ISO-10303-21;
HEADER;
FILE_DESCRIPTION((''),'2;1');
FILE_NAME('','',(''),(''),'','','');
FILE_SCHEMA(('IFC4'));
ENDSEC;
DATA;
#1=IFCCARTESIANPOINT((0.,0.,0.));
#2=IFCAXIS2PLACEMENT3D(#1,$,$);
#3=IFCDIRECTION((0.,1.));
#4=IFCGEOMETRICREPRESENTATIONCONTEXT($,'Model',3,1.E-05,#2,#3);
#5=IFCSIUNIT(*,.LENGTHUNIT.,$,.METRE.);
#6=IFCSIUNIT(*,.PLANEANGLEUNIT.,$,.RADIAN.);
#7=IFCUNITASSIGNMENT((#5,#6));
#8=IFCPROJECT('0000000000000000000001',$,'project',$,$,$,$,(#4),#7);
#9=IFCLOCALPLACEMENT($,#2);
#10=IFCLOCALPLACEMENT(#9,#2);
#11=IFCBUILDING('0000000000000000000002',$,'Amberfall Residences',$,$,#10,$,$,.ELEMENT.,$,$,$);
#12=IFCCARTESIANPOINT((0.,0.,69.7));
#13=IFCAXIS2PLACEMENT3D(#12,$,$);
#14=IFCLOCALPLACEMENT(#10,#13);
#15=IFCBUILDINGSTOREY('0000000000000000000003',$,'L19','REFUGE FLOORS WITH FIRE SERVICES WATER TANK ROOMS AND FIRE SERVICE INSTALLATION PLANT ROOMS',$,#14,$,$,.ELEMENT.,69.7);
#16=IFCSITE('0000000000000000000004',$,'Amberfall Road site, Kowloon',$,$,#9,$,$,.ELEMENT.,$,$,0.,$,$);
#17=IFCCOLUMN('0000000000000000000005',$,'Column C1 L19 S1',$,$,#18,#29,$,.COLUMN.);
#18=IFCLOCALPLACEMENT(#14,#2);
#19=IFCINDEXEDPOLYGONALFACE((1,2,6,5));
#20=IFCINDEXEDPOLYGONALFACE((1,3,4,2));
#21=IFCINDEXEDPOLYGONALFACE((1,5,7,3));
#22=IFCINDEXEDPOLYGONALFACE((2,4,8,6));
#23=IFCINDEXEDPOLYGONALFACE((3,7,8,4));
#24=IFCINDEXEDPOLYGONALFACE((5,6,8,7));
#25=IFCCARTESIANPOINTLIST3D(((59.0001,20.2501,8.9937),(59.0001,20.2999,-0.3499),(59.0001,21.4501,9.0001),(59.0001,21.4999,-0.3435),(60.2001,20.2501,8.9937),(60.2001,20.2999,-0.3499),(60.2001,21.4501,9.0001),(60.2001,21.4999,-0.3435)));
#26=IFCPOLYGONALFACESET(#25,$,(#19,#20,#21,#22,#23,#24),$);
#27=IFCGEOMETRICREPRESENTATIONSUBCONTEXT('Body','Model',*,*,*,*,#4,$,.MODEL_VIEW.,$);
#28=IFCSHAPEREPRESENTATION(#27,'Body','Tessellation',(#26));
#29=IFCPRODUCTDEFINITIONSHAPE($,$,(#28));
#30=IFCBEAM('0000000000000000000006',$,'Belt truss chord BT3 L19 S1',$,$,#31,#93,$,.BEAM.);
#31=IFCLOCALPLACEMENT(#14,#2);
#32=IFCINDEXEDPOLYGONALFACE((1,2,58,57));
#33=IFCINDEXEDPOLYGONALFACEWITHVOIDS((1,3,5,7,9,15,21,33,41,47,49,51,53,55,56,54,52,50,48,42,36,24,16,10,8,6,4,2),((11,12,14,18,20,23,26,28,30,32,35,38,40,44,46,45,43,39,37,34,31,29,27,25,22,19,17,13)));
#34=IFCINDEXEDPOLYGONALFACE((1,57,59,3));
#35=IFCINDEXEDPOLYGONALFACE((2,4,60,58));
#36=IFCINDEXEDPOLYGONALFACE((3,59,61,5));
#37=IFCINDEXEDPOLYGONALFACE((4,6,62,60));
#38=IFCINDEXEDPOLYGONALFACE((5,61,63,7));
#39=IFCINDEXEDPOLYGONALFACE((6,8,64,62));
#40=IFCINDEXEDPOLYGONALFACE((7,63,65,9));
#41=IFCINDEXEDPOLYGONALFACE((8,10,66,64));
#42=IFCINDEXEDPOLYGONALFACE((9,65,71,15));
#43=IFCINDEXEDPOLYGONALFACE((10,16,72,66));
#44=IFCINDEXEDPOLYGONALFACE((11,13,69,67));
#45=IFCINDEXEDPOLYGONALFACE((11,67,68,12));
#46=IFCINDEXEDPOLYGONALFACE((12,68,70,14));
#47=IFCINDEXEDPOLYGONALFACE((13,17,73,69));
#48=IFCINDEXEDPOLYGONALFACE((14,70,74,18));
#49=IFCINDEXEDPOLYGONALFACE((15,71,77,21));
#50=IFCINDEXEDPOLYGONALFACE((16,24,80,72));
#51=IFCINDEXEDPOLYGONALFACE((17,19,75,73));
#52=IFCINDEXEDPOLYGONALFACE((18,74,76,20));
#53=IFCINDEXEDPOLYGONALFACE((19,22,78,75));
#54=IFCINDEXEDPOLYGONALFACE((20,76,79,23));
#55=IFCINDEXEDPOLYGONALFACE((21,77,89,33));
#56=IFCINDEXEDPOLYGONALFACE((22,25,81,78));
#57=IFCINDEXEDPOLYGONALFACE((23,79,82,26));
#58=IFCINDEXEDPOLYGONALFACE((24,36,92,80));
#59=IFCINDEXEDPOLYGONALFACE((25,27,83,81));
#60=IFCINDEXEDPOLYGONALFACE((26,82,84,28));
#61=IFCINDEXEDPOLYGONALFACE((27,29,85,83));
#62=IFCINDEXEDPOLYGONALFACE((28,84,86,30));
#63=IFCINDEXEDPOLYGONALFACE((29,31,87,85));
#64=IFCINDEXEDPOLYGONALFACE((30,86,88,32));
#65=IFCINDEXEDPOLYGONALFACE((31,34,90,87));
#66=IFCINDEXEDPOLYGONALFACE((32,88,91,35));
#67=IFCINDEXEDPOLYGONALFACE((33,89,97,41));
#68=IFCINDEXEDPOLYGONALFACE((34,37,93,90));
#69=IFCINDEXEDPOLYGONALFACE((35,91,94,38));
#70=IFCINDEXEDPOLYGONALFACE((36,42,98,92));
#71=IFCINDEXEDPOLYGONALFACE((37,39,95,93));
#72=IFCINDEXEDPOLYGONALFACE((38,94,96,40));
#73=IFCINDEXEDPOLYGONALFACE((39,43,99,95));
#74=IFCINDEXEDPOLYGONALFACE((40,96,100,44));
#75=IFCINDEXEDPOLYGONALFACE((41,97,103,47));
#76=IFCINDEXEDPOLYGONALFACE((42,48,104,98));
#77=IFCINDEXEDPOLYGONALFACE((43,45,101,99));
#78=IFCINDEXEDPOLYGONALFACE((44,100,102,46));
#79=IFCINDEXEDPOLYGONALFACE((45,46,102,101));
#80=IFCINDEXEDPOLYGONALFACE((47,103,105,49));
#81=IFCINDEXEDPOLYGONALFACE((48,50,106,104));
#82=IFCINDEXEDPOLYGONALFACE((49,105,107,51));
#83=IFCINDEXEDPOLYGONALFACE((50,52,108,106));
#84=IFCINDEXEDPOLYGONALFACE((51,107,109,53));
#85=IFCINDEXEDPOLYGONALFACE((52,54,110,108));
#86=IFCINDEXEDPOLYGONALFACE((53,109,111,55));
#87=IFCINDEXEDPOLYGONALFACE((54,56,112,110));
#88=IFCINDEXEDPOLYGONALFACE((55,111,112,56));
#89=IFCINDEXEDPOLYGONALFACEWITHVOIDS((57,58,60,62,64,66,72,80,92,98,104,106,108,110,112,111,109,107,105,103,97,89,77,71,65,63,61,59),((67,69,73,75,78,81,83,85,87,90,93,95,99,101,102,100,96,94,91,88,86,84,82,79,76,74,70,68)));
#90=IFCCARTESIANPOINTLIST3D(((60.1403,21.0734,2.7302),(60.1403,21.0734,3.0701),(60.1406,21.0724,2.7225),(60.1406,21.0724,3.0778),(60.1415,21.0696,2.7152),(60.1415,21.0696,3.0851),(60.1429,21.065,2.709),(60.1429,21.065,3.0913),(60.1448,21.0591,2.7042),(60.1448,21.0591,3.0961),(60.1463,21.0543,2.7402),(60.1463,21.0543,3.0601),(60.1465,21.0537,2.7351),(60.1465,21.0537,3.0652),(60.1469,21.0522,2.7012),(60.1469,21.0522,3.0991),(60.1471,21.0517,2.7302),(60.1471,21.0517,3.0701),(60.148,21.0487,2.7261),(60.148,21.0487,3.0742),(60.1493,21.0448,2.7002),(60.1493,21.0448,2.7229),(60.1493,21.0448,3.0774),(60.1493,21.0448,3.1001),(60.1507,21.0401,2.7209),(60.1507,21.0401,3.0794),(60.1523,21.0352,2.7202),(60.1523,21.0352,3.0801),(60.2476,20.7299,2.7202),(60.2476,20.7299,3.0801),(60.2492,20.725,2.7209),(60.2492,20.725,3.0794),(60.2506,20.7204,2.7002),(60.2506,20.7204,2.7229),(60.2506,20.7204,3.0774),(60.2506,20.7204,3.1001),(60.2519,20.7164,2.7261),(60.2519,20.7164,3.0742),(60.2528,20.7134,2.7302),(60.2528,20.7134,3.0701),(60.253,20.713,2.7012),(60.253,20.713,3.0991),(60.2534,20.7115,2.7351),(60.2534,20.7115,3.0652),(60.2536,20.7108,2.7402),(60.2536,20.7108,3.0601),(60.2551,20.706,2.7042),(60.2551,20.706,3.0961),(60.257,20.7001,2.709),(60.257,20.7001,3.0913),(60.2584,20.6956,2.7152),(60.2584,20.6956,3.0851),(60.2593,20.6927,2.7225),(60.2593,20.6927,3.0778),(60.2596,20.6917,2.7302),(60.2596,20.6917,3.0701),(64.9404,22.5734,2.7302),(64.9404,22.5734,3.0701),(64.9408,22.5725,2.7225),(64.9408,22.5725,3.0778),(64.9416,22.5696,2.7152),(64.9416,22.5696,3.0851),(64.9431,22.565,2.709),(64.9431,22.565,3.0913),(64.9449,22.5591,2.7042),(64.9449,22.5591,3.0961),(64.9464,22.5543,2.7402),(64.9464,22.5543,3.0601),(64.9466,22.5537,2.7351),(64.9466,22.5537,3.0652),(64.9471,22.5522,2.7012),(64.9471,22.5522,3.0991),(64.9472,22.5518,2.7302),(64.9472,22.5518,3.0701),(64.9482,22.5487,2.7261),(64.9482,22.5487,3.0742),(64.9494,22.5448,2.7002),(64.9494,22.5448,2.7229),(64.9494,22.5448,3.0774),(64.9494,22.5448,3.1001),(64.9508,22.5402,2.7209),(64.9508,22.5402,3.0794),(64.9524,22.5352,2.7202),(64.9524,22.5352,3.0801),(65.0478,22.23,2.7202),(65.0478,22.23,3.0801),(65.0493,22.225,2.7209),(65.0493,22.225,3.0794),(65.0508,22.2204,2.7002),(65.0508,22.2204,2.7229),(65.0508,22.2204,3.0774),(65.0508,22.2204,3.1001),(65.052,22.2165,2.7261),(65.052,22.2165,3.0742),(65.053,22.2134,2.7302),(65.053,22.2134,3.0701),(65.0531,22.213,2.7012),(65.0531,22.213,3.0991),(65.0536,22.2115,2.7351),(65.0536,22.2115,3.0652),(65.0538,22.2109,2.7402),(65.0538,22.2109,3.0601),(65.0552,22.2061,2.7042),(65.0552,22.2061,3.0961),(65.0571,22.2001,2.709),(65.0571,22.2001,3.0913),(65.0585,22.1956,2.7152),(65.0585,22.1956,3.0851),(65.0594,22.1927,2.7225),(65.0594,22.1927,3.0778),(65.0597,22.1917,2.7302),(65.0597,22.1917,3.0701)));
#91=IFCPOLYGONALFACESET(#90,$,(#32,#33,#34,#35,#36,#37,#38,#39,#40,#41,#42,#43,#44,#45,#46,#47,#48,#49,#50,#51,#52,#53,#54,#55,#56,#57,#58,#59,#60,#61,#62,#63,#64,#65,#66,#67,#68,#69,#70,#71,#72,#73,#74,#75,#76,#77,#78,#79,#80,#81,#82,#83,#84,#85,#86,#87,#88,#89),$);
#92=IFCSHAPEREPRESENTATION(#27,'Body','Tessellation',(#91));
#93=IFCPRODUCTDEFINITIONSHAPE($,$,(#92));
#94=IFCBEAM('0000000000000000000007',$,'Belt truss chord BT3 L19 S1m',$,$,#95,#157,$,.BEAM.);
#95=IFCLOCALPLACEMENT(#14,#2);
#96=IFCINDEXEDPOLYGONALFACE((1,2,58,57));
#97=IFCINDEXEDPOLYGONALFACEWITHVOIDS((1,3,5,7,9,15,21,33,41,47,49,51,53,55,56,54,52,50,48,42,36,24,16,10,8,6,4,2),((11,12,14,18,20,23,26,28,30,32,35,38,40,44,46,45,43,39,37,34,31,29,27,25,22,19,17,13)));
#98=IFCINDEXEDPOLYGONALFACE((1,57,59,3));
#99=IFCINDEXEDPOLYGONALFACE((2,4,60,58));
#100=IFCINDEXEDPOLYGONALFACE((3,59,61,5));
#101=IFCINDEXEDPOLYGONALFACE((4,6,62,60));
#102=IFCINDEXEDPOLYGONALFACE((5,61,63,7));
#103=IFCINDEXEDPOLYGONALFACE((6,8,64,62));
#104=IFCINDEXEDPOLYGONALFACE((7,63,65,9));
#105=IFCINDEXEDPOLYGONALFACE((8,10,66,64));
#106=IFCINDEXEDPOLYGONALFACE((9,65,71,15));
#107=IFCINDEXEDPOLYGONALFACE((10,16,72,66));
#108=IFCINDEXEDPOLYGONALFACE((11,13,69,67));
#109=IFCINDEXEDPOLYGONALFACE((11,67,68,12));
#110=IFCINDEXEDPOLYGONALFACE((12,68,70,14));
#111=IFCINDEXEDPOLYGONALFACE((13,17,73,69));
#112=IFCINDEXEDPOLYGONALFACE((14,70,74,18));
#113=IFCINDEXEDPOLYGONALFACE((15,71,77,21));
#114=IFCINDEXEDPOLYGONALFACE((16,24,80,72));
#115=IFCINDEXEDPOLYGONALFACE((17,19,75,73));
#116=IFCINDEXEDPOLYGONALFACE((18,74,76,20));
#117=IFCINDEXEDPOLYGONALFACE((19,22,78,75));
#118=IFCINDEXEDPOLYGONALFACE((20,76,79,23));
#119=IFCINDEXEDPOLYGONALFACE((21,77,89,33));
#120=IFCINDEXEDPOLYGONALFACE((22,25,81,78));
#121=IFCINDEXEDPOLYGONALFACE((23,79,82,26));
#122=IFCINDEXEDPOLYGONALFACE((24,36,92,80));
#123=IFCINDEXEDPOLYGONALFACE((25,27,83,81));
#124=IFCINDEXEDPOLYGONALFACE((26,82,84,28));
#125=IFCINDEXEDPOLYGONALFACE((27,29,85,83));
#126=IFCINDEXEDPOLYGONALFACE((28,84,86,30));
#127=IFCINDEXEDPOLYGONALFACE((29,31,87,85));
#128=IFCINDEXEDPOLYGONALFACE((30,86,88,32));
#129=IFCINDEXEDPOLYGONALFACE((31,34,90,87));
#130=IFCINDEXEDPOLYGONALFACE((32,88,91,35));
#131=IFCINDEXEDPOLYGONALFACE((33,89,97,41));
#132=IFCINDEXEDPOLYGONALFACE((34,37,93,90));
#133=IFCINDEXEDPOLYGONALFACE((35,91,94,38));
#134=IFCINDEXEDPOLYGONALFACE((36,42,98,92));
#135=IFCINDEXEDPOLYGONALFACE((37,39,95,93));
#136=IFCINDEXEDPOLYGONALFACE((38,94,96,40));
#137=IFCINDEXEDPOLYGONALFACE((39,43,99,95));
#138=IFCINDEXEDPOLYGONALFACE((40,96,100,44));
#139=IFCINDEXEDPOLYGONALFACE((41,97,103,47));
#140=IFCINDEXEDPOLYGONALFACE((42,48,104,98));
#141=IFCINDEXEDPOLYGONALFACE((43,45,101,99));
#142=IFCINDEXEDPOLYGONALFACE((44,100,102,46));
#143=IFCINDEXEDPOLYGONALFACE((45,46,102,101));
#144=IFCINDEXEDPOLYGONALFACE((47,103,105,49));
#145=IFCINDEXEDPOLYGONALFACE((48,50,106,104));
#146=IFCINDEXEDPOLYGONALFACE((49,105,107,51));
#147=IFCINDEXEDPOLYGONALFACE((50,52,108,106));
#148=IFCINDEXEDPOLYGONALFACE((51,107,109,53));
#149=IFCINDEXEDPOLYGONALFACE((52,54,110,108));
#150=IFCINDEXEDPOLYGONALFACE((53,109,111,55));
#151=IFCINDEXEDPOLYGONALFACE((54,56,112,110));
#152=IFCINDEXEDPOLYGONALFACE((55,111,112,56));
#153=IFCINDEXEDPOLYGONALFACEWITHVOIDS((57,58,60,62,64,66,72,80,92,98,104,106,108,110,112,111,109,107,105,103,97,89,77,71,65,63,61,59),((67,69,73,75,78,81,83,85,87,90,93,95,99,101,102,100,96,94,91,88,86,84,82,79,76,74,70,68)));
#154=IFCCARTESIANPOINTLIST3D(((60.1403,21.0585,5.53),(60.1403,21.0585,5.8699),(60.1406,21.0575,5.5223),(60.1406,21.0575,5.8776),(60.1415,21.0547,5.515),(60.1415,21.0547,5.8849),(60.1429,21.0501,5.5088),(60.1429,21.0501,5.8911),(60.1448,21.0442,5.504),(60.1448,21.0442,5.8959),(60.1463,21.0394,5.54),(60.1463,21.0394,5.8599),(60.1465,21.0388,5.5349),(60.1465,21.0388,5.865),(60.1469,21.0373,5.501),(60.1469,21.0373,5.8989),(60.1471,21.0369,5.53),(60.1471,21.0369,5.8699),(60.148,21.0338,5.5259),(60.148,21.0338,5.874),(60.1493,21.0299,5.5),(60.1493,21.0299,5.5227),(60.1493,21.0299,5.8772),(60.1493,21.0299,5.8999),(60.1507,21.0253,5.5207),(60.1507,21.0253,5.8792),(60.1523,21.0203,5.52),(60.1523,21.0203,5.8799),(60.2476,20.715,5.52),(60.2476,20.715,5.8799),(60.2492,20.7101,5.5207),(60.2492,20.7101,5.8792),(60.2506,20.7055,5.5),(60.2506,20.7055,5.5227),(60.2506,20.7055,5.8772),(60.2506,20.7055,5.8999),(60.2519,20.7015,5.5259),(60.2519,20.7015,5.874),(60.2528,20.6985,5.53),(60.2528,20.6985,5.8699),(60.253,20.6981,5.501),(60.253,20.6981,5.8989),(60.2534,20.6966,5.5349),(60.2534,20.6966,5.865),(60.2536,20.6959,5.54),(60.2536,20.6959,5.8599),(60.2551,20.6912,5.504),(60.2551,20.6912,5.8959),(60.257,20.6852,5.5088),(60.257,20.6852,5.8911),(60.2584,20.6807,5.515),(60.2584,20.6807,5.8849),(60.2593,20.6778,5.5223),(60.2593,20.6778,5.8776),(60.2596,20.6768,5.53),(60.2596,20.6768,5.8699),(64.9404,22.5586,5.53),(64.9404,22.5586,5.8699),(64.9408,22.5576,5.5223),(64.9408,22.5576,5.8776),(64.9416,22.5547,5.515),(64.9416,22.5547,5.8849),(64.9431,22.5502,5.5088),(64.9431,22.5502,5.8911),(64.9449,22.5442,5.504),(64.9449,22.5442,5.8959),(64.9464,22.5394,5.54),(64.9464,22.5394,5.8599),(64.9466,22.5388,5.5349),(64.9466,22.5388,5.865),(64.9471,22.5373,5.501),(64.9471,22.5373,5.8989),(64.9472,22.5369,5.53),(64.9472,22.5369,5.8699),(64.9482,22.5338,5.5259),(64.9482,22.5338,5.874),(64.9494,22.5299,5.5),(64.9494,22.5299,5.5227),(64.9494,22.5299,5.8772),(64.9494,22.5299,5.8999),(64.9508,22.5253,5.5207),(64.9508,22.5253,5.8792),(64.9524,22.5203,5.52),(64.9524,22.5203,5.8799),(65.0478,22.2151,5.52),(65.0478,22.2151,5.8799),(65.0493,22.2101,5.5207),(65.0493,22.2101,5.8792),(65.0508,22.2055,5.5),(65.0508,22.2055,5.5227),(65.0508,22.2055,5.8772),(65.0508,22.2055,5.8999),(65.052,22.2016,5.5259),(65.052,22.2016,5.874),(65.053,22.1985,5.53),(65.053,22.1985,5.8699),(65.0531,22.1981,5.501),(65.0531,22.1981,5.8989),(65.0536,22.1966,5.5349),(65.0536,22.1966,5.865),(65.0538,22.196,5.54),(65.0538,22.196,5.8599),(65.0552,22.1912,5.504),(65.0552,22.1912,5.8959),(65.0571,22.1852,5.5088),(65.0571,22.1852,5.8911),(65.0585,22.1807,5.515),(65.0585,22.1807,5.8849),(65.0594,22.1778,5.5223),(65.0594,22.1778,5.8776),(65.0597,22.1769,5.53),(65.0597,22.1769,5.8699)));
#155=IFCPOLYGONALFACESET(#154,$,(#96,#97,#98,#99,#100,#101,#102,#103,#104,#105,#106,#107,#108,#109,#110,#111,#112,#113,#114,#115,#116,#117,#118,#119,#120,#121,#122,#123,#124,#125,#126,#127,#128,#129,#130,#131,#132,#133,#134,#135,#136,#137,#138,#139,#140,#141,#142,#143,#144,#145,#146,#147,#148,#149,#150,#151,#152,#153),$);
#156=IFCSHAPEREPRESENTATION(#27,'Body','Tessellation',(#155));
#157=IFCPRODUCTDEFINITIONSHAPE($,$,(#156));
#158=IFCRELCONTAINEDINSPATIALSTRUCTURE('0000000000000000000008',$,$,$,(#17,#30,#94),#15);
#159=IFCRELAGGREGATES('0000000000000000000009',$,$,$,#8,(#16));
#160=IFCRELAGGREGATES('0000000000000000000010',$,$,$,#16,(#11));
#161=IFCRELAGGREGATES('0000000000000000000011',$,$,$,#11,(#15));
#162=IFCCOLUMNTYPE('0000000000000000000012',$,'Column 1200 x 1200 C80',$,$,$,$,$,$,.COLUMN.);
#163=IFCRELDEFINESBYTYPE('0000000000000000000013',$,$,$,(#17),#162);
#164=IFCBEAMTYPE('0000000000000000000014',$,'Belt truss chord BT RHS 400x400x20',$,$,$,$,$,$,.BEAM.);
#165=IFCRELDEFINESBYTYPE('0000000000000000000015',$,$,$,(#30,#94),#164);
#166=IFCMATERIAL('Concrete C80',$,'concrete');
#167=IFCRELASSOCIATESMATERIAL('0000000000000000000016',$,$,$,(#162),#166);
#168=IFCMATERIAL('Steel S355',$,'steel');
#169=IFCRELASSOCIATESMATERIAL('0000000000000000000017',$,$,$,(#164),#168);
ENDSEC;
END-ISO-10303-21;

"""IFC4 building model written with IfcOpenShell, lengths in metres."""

from ifc_helpers import new_model, si_unit, direction, frame, origin, origin_2d, place, context, subcontext, project, spatial, rectangle, hollow_rectangle, extrude, material, material_profile, profile_set, type_object, element, save


model = new_model("IFC4")

# Units and contexts
model_context = context("Model", 3, precision=1e-05, world=origin(), true_north=direction((0.0, 1.0)))
body_context = subcontext(model_context, "Body", "Model", "MODEL_VIEW")
ifc_project = project(units=[si_unit("LENGTHUNIT", "METRE"), si_unit("PLANEANGLEUNIT", "RADIAN")], contexts=[model_context])

# Site, building, storey
site_placement = place(None, origin())
site = spatial("IfcSite", under=ifc_project, at=site_placement, Name="Amberfall Road site, Kowloon", CompositionType="ELEMENT", RefElevation=0.0)
building_placement = place(site_placement, origin())
building = spatial("IfcBuilding", under=site, at=building_placement, Name="Amberfall Residences", CompositionType="ELEMENT")
storey_placement = place(building_placement, frame((0.0, 0.0, 69.7)))
storey = spatial("IfcBuildingStorey", under=building, at=storey_placement, Name="L19", Description="REFUGE FLOORS WITH FIRE SERVICES WATER TANK ROOMS AND FIRE SERVICE INSTALLATION PLANT ROOMS", CompositionType="ELEMENT", Elevation=69.7)

# Column
ifc_material_1 = material(Name="Concrete C80", Category="concrete")
ifc_material_profile_1 = material_profile(ifc_material_1, rectangle(XDim=1.2, YDim=1.2, at=origin_2d()), Name="Column 1200 x 1200 C80")
ifc_profile_set_1 = profile_set([ifc_material_profile_1], Name="Concrete C80")
column_type = type_object("IfcColumnType", Name="Column 1200 x 1200 C80", PredefinedType="COLUMN", material=ifc_profile_set_1)
column_placement = place(storey_placement, frame((59.6001, 20.8999, -0.3467), z_axis=(0.0, -0.00533, 0.999986), x_axis=(1.0, 0.0, 0.0)))
element("IfcColumn", 1, at=column_placement, inside=storey, type_object=column_type, Name="Column C1 L19 S1", PredefinedType="COLUMN", context=body_context, shape_type="SweptSolid", body=[
    extrude(rectangle(XDim=1.2, YDim=1.2, at=origin_2d()), origin(), (0.0, 0.0, 1.0), 9.3438),
])

# Beams
ifc_material_2 = material(Name="Steel S355", Category="steel")
ifc_material_profile_2 = material_profile(ifc_material_2, hollow_rectangle(XDim=0.3999, YDim=0.3999, WallThickness=0.02, InnerFilletRadius=0.02, OuterFilletRadius=0.03, at=origin_2d()), Name="RHS 400x400x20")
ifc_profile_set_2 = profile_set([ifc_material_profile_2], Name="Steel S355")
beam_type_1 = type_object("IfcBeamType", Name="Belt truss chord BT RHS 400x400x20", PredefinedType="BEAM", material=ifc_profile_set_2)
for number, where, z_axis, x_axis, name in (
    (2, (60.2, 20.8826, 2.9001), (0.954481, 0.298272, 0.0), (-0.298272, 0.954481, 0.0), "Belt truss chord BT3 L19 S1"),
    (3, (60.2, 20.8677, 5.7), (0.954481, 0.298272, 0.0), (-0.298272, 0.954481, 0.0), "Belt truss chord BT3 L19 S1m"),
):
    element("IfcBeam", number, at=place(storey_placement, frame(where, z_axis=z_axis, x_axis=x_axis)), inside=storey, type_object=beam_type_1, Name=name, PredefinedType="BEAM", context=body_context, shape_type="SweptSolid", body=[
        extrude(hollow_rectangle(XDim=0.3999, YDim=0.3999, WallThickness=0.02, InnerFilletRadius=0.02, OuterFilletRadius=0.03, at=origin_2d()), origin(), (0.0, 0.0, 1.0), 5.0291),
    ])

save(model, "model.ifc")
